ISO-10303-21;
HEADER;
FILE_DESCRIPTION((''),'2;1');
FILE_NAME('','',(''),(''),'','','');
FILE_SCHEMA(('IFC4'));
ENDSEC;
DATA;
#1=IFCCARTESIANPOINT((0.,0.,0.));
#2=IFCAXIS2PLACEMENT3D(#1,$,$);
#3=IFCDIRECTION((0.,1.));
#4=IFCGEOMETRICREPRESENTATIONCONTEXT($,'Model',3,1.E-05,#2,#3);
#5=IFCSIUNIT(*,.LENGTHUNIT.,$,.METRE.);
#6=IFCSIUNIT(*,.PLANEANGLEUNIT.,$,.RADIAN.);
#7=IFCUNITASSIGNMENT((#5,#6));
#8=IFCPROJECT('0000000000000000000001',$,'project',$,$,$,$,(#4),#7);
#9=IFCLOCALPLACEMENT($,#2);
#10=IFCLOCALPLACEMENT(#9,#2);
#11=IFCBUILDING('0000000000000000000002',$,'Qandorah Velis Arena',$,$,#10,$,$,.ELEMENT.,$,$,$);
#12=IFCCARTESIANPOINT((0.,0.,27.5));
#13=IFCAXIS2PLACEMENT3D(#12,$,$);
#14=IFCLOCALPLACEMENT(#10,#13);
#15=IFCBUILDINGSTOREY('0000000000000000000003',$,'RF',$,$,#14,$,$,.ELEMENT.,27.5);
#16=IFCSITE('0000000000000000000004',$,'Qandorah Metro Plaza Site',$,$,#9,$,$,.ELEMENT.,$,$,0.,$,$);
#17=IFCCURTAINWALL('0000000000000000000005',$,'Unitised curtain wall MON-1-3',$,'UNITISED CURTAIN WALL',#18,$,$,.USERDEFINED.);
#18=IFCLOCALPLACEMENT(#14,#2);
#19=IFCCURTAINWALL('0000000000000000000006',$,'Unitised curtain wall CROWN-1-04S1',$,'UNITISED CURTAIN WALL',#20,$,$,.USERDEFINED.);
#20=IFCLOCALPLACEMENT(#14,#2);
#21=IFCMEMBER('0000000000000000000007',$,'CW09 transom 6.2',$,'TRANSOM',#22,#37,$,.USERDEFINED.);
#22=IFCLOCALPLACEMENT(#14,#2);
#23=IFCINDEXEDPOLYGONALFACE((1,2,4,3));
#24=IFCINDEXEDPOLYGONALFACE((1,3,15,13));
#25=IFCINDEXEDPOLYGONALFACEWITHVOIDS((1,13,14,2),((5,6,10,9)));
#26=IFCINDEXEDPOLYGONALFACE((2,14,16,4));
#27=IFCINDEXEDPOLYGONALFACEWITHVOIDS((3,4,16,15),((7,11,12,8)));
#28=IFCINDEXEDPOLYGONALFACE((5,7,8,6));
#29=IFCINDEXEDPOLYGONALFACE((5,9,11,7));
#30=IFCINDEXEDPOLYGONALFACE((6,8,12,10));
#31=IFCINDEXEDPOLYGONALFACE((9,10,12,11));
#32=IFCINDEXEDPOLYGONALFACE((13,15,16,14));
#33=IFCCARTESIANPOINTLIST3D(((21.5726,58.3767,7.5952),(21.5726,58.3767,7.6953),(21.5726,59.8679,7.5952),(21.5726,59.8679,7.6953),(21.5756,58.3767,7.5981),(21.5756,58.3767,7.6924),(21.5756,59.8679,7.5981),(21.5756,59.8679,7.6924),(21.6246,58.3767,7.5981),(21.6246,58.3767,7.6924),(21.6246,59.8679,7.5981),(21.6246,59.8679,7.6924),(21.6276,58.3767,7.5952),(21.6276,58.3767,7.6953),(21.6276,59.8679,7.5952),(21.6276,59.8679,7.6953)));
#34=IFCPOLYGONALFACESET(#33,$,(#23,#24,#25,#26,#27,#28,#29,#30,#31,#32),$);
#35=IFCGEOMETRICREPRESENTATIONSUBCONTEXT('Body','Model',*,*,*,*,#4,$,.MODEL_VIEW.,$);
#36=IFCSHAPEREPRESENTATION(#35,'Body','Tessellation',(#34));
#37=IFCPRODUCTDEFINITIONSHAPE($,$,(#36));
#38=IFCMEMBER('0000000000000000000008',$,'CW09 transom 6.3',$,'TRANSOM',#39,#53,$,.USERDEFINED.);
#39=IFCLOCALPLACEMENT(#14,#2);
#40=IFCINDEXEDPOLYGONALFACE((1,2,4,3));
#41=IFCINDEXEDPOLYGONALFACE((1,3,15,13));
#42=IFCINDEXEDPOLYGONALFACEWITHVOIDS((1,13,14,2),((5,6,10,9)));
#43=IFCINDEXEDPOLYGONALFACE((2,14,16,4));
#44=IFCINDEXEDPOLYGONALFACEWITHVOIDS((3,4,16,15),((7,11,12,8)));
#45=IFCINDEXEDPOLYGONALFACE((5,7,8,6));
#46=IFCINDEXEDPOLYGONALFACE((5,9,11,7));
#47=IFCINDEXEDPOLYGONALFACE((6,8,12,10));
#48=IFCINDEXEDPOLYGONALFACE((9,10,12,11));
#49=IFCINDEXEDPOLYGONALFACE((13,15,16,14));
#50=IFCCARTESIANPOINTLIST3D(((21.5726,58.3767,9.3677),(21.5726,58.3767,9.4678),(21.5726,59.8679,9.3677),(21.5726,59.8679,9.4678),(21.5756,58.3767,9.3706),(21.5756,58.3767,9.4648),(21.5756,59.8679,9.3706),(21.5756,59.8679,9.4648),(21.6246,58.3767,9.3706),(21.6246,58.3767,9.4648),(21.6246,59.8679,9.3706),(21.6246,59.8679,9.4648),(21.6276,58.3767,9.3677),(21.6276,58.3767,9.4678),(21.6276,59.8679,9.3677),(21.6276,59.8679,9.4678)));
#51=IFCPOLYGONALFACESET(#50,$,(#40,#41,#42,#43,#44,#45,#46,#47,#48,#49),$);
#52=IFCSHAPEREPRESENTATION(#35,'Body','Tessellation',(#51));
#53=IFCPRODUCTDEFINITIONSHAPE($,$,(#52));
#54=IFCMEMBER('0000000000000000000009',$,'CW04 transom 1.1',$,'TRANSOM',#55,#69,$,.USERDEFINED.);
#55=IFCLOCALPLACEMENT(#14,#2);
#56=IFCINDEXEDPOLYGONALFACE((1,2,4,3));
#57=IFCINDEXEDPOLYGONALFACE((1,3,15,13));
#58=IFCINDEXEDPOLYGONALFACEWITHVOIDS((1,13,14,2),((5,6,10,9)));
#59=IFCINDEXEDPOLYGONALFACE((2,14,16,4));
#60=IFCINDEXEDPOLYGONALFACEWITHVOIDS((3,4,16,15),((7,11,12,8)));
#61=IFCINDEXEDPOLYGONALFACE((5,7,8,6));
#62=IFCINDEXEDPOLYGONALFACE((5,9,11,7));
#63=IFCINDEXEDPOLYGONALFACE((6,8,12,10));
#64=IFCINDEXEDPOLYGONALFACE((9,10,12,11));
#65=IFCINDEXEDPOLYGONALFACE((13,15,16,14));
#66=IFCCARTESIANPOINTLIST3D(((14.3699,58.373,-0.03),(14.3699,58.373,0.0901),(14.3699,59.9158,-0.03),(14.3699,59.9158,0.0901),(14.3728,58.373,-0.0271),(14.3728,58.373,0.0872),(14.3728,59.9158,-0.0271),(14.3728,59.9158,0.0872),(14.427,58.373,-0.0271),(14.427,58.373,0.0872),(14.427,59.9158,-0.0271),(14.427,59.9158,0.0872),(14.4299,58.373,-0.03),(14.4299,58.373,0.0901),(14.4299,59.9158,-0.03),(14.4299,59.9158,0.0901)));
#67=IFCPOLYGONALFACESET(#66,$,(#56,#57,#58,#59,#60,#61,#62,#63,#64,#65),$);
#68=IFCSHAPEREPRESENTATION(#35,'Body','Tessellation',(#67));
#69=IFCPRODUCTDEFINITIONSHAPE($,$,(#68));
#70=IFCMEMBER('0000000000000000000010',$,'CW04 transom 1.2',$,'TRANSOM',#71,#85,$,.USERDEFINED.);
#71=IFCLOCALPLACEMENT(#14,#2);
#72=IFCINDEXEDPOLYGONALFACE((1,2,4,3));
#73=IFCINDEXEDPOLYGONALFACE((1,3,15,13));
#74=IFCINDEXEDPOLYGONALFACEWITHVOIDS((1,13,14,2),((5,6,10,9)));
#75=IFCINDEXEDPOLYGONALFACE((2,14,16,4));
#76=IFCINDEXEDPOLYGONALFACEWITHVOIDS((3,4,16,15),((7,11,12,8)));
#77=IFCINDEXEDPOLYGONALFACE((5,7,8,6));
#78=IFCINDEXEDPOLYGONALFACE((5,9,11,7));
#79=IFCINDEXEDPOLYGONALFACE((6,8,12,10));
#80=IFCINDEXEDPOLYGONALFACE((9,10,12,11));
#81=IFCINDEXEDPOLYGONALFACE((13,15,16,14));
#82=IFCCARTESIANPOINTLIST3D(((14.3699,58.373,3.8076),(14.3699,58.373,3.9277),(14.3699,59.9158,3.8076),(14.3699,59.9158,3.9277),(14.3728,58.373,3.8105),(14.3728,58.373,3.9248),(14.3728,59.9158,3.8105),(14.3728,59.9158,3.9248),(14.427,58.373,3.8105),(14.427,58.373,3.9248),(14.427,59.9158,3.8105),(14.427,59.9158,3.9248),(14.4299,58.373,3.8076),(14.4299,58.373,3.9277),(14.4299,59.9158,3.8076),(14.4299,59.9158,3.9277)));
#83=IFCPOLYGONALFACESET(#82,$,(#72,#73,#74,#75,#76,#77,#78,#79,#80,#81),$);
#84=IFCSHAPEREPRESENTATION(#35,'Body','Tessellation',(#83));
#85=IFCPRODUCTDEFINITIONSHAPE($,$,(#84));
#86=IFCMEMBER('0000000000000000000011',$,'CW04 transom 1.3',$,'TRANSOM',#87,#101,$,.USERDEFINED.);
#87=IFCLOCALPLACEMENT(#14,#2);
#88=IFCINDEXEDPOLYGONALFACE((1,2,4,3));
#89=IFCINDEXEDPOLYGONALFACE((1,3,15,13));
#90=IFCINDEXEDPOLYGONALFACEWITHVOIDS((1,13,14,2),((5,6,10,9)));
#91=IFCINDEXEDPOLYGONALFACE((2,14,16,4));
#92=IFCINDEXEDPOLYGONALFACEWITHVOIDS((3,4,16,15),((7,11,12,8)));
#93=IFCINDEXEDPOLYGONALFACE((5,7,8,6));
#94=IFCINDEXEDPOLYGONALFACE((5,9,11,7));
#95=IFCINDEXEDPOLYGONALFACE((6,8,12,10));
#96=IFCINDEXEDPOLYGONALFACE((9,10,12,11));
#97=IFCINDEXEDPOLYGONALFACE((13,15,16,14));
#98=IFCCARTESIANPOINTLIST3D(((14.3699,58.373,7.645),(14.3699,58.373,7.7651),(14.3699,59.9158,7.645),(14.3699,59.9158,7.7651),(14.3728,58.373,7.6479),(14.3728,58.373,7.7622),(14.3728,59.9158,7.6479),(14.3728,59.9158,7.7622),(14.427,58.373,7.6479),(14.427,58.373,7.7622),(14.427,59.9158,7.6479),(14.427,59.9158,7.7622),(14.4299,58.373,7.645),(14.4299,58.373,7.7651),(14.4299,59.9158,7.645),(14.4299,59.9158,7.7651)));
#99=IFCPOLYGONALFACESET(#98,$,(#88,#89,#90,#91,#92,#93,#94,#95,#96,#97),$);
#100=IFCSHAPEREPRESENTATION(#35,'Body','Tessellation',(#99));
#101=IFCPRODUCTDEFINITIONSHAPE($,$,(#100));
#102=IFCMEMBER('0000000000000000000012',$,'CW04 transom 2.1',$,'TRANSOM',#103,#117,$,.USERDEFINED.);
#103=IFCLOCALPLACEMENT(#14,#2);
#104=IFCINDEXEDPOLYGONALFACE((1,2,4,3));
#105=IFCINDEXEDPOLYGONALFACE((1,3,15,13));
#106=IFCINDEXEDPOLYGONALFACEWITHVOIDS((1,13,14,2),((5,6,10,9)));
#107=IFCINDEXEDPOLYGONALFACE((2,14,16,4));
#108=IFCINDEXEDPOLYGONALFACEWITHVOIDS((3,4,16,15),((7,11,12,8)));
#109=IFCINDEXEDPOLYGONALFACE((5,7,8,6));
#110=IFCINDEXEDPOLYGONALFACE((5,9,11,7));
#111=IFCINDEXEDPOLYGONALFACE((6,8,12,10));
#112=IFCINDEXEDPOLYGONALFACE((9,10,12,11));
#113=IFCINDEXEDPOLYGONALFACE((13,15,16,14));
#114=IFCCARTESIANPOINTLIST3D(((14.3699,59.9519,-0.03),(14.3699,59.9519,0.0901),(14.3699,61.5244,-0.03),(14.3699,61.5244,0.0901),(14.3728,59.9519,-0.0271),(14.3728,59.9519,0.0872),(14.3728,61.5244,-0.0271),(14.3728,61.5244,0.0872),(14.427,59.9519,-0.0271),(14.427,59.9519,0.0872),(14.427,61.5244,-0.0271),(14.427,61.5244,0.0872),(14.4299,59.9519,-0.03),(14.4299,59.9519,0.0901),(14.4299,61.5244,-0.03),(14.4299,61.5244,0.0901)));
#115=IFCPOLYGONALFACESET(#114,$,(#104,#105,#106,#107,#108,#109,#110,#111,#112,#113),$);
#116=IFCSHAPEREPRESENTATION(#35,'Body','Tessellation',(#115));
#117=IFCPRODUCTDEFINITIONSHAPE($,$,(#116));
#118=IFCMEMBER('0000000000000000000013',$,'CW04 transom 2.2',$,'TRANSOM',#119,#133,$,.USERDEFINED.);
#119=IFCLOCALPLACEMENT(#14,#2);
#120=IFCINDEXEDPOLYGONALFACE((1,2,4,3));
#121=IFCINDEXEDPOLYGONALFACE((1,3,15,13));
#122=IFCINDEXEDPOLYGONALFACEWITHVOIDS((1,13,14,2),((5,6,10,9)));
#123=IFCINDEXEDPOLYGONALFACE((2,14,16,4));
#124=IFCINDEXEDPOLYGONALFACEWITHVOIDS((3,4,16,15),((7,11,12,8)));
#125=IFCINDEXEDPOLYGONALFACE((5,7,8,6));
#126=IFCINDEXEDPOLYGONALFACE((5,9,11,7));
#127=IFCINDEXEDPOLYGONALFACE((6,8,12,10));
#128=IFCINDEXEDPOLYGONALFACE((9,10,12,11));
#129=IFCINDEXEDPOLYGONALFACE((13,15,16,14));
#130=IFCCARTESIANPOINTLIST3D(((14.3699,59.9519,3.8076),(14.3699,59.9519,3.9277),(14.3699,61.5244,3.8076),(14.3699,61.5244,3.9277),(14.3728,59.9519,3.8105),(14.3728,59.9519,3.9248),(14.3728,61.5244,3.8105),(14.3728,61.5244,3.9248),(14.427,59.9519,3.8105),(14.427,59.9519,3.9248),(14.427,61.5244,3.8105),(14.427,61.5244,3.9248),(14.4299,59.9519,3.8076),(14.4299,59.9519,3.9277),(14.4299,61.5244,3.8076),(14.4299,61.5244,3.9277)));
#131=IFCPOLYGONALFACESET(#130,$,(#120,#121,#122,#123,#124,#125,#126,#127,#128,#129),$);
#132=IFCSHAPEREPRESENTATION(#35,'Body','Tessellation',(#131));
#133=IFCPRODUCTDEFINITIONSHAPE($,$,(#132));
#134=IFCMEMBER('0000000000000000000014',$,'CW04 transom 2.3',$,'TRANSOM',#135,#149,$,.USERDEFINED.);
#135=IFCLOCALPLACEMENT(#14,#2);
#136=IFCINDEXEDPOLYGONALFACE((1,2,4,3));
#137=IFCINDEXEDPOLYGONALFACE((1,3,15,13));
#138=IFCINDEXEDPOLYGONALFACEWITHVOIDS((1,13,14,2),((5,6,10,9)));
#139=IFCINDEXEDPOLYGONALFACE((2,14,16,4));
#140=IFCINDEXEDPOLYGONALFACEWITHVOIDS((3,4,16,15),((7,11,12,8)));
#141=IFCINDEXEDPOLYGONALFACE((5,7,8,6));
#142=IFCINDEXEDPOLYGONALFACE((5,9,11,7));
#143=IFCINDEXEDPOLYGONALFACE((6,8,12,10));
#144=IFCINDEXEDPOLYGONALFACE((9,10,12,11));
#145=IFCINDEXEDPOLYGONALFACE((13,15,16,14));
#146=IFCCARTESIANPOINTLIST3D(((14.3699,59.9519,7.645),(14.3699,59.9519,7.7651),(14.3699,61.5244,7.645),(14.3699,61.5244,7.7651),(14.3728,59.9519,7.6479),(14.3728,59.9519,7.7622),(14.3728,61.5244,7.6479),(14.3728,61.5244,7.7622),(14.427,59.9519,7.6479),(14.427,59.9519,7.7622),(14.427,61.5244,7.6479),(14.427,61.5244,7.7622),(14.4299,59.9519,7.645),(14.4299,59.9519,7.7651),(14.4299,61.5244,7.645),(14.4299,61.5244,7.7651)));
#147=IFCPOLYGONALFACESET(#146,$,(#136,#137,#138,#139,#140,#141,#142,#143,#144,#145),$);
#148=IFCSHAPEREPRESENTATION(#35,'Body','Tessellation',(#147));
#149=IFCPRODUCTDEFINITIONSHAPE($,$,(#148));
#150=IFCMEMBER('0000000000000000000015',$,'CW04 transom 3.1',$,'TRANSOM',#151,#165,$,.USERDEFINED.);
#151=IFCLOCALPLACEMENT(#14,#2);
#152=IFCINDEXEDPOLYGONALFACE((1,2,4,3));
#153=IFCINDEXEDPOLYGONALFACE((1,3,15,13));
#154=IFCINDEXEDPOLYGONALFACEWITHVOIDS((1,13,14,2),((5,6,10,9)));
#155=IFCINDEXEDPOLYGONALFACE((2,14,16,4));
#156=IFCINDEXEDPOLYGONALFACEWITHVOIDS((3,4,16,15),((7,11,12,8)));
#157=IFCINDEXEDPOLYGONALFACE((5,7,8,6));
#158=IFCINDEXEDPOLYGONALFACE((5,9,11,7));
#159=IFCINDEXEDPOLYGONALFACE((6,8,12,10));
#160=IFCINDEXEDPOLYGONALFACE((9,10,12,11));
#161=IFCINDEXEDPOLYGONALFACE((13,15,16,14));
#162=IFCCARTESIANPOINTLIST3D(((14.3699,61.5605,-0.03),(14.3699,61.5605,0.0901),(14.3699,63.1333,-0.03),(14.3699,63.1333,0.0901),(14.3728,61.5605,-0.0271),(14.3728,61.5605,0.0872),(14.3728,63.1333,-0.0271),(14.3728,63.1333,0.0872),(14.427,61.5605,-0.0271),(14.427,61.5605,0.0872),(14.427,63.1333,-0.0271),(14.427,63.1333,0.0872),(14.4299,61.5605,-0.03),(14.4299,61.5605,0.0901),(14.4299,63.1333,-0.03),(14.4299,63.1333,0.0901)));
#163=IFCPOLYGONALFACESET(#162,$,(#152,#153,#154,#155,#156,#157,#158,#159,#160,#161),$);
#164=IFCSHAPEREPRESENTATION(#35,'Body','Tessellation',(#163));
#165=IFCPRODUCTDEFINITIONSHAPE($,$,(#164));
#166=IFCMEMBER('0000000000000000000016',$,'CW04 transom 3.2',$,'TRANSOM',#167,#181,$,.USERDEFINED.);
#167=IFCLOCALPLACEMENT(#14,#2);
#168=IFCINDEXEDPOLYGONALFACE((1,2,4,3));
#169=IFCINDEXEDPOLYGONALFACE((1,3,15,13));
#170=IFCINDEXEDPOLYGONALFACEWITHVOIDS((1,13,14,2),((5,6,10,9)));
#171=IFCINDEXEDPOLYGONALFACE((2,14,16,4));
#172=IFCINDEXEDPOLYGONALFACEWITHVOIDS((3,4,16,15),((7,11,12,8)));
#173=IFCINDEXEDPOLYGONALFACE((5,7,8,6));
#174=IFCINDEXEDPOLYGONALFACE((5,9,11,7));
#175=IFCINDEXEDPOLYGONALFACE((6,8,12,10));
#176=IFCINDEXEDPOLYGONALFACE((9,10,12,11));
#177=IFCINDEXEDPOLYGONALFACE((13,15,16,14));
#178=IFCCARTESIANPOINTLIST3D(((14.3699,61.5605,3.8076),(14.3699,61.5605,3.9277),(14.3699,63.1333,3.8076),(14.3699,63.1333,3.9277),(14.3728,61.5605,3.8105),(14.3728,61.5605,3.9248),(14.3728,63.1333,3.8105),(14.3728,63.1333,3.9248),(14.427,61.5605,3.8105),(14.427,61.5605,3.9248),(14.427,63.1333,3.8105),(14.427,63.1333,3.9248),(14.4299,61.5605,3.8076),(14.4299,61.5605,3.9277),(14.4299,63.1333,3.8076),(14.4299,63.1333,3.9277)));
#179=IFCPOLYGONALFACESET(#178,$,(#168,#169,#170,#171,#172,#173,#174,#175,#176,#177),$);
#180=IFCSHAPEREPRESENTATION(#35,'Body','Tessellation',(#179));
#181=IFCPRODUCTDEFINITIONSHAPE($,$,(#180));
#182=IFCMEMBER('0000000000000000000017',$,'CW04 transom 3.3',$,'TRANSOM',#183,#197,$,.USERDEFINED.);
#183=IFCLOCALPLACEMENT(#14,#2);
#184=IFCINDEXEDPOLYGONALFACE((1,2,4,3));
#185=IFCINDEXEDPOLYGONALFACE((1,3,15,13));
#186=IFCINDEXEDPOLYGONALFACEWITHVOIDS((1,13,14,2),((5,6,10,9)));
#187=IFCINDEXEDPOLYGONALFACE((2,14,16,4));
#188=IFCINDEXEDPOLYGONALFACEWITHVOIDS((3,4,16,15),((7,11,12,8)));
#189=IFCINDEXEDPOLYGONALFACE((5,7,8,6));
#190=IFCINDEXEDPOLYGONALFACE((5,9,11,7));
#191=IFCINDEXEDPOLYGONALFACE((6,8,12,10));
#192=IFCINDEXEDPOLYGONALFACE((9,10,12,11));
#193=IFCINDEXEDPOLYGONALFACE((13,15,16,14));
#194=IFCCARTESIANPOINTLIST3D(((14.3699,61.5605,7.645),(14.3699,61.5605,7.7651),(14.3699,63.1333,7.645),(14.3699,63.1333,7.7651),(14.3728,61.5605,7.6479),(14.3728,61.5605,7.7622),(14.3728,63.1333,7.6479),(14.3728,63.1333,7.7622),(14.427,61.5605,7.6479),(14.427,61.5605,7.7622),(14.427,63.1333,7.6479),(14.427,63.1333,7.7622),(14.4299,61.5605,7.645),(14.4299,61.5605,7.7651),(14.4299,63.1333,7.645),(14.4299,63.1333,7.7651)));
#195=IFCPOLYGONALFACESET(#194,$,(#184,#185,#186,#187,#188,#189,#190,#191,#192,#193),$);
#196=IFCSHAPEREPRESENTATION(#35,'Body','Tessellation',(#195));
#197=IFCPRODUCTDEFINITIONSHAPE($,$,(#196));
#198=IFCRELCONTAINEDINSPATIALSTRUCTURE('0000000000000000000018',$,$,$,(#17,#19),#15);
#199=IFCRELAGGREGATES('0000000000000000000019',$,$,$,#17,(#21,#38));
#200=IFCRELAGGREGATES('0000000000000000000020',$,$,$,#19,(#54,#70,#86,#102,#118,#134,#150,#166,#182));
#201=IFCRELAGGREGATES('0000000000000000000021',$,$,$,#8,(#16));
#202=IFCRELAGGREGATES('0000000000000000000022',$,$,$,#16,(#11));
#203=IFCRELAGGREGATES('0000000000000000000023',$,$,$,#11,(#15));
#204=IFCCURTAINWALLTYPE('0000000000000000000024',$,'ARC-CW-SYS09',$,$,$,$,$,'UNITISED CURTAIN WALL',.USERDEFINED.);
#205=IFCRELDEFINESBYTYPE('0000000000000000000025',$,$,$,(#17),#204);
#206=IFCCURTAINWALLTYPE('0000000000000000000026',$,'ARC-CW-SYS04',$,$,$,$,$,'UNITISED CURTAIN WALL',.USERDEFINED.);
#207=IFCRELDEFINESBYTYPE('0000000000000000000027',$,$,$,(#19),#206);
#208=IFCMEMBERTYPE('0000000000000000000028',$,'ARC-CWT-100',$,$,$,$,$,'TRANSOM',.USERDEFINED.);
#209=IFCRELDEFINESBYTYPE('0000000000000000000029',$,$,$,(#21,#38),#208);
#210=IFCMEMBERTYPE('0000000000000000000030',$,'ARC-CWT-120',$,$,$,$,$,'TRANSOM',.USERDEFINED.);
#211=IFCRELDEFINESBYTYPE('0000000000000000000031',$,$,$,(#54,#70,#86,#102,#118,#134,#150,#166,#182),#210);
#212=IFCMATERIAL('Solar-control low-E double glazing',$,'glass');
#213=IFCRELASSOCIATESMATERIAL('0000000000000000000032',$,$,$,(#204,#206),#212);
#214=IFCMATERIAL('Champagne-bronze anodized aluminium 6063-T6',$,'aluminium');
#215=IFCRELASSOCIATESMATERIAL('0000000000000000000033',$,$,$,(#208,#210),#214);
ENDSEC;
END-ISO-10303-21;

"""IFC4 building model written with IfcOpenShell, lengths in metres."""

from ifc_helpers import new_model, si_unit, direction, frame, origin, origin_2d, place, context, subcontext, project, spatial, hollow_rectangle, extrude, material, material_profile, profile_set, type_object, element, aggregate, save


model = new_model("IFC4")

# Units and contexts
model_context = context("Model", 3, precision=1e-05, world=origin(), true_north=direction((0.0, 1.0)))
body_context = subcontext(model_context, "Body", "Model", "MODEL_VIEW")
ifc_project = project(units=[si_unit("LENGTHUNIT", "METRE"), si_unit("PLANEANGLEUNIT", "RADIAN")], contexts=[model_context])

# Site, building, storey
site_placement = place(None, origin())
site = spatial("IfcSite", under=ifc_project, at=site_placement, Name="Qandorah Metro Plaza Site", CompositionType="ELEMENT", RefElevation=0.0)
building_placement = place(site_placement, origin())
building = spatial("IfcBuilding", under=site, at=building_placement, Name="Qandorah Velis Arena", CompositionType="ELEMENT")
storey_placement = place(building_placement, frame((0.0, 0.0, 27.5)))
storey = spatial("IfcBuildingStorey", under=building, at=storey_placement, Name="RF", CompositionType="ELEMENT", Elevation=27.5)

# Curtain walls
ifc_material_1 = material(Name="Solar-control low-E double glazing", Category="glass")
curtain_wall_type_1 = type_object("IfcCurtainWallType", Name="ARC-CW-SYS09", ElementType="UNITISED CURTAIN WALL", PredefinedType="USERDEFINED", material=ifc_material_1)
curtain_wall_1_placement = place(storey_placement, origin())
curtain_wall_1 = element("IfcCurtainWall", 1, at=curtain_wall_1_placement, inside=storey, type_object=curtain_wall_type_1, Name="Unitised curtain wall MON-1-3", ObjectType="UNITISED CURTAIN WALL", PredefinedType="USERDEFINED")
ifc_material_2 = material(Name="Champagne-bronze anodized aluminium 6063-T6", Category="aluminium")
curtain_wall_type_2 = type_object("IfcCurtainWallType", Name="ARC-CW-SYS04", ElementType="UNITISED CURTAIN WALL", PredefinedType="USERDEFINED", material=ifc_material_1)
curtain_wall_2_placement = place(storey_placement, origin())
curtain_wall_2 = element("IfcCurtainWall", 2, at=curtain_wall_2_placement, inside=storey, type_object=curtain_wall_type_2, Name="Unitised curtain wall CROWN-1-04S1", ObjectType="UNITISED CURTAIN WALL", PredefinedType="USERDEFINED")

# Members
ifc_material_profile_1 = material_profile(ifc_material_2, hollow_rectangle(XDim=0.0549, YDim=0.1001, WallThickness=0.0029, at=origin_2d()), Name="ALU TRANSOM 55x100")
ifc_profile_set_1 = profile_set([ifc_material_profile_1], Name="Champagne-bronze anodized aluminium 6063-T6")
member_type_1 = type_object("IfcMemberType", Name="ARC-CWT-100", ElementType="TRANSOM", PredefinedType="USERDEFINED", material=ifc_profile_set_1)
member_1_placement = place(storey_placement, frame((21.6001, 58.3767, 7.6453), z_axis=(0.0, 1.0, 0.0), x_axis=(-1.0, 0.0, 0.0)))
member_1 = element("IfcMember", 3, at=member_1_placement, type_object=member_type_1, Name="CW09 transom 6.2", ObjectType="TRANSOM", PredefinedType="USERDEFINED", context=body_context, shape_type="SweptSolid", body=[
    extrude(hollow_rectangle(XDim=0.0549, YDim=0.1001, WallThickness=0.0029, at=origin_2d()), origin(), (0.0, 0.0, 1.0), 1.4912),
])
member_2_placement = place(storey_placement, frame((21.6001, 58.3767, 9.4177), z_axis=(0.0, 1.0, 0.0), x_axis=(-1.0, 0.0, 0.0)))
member_2 = element("IfcMember", 4, at=member_2_placement, type_object=member_type_1, Name="CW09 transom 6.3", ObjectType="TRANSOM", PredefinedType="USERDEFINED", context=body_context, shape_type="SweptSolid", body=[
    extrude(hollow_rectangle(XDim=0.0549, YDim=0.1001, WallThickness=0.0029, at=origin_2d()), origin(), (0.0, 0.0, 1.0), 1.4912),
])
ifc_material_profile_2 = material_profile(ifc_material_2, hollow_rectangle(XDim=0.0601, YDim=0.1201, WallThickness=0.0029, at=origin_2d()), Name="ALU TRANSOM 60x120")
ifc_profile_set_2 = profile_set([ifc_material_profile_2], Name="Champagne-bronze anodized aluminium 6063-T6")
member_type_2 = type_object("IfcMemberType", Name="ARC-CWT-120", ElementType="TRANSOM", PredefinedType="USERDEFINED", material=ifc_profile_set_2)
member_3_placement = place(storey_placement, frame((14.3999, 58.373, 0.03), z_axis=(0.0, 1.0, 0.0), x_axis=(-1.0, 0.0, 0.0)))
member_3 = element("IfcMember", 5, at=member_3_placement, type_object=member_type_2, Name="CW04 transom 1.1", ObjectType="TRANSOM", PredefinedType="USERDEFINED", context=body_context, shape_type="SweptSolid", body=[
    extrude(hollow_rectangle(XDim=0.0601, YDim=0.1201, WallThickness=0.0029, at=origin_2d()), origin(), (0.0, 0.0, 1.0), 1.5427),
])
member_4_placement = place(storey_placement, frame((14.3999, 58.373, 3.8677), z_axis=(0.0, 1.0, 0.0), x_axis=(-1.0, 0.0, 0.0)))
member_4 = element("IfcMember", 6, at=member_4_placement, type_object=member_type_2, Name="CW04 transom 1.2", ObjectType="TRANSOM", PredefinedType="USERDEFINED", context=body_context, shape_type="SweptSolid", body=[
    extrude(hollow_rectangle(XDim=0.0601, YDim=0.1201, WallThickness=0.0029, at=origin_2d()), origin(), (0.0, 0.0, 1.0), 1.5427),
])
member_5_placement = place(storey_placement, frame((14.3999, 58.373, 7.7051), z_axis=(0.0, 1.0, 0.0), x_axis=(-1.0, 0.0, 0.0)))
member_5 = element("IfcMember", 7, at=member_5_placement, type_object=member_type_2, Name="CW04 transom 1.3", ObjectType="TRANSOM", PredefinedType="USERDEFINED", context=body_context, shape_type="SweptSolid", body=[
    extrude(hollow_rectangle(XDim=0.0601, YDim=0.1201, WallThickness=0.0029, at=origin_2d()), origin(), (0.0, 0.0, 1.0), 1.5427),
])
member_6_placement = place(storey_placement, frame((14.3999, 59.9519, 0.03), z_axis=(0.0, 1.0, 0.0), x_axis=(-1.0, 0.0, 0.0)))
member_6 = element("IfcMember", 8, at=member_6_placement, type_object=member_type_2, Name="CW04 transom 2.1", ObjectType="TRANSOM", PredefinedType="USERDEFINED", context=body_context, shape_type="SweptSolid", body=[
    extrude(hollow_rectangle(XDim=0.0601, YDim=0.1201, WallThickness=0.0029, at=origin_2d()), origin(), (0.0, 0.0, 1.0), 1.5725),
])
member_7_placement = place(storey_placement, frame((14.3999, 59.9519, 3.8677), z_axis=(0.0, 1.0, 0.0), x_axis=(-1.0, 0.0, 0.0)))
member_7 = element("IfcMember", 9, at=member_7_placement, type_object=member_type_2, Name="CW04 transom 2.2", ObjectType="TRANSOM", PredefinedType="USERDEFINED", context=body_context, shape_type="SweptSolid", body=[
    extrude(hollow_rectangle(XDim=0.0601, YDim=0.1201, WallThickness=0.0029, at=origin_2d()), origin(), (0.0, 0.0, 1.0), 1.5725),
])
member_8_placement = place(storey_placement, frame((14.3999, 59.9519, 7.7051), z_axis=(0.0, 1.0, 0.0), x_axis=(-1.0, 0.0, 0.0)))
member_8 = element("IfcMember", 10, at=member_8_placement, type_object=member_type_2, Name="CW04 transom 2.3", ObjectType="TRANSOM", PredefinedType="USERDEFINED", context=body_context, shape_type="SweptSolid", body=[
    extrude(hollow_rectangle(XDim=0.0601, YDim=0.1201, WallThickness=0.0029, at=origin_2d()), origin(), (0.0, 0.0, 1.0), 1.5725),
])
member_9_placement = place(storey_placement, frame((14.3999, 61.5605, 0.03), z_axis=(0.0, 1.0, 0.0), x_axis=(-1.0, 0.0, 0.0)))
member_9 = element("IfcMember", 11, at=member_9_placement, type_object=member_type_2, Name="CW04 transom 3.1", ObjectType="TRANSOM", PredefinedType="USERDEFINED", context=body_context, shape_type="SweptSolid", body=[
    extrude(hollow_rectangle(XDim=0.0601, YDim=0.1201, WallThickness=0.0029, at=origin_2d()), origin(), (0.0, 0.0, 1.0), 1.5728),
])
member_10_placement = place(storey_placement, frame((14.3999, 61.5605, 3.8677), z_axis=(0.0, 1.0, 0.0), x_axis=(-1.0, 0.0, 0.0)))
member_10 = element("IfcMember", 12, at=member_10_placement, type_object=member_type_2, Name="CW04 transom 3.2", ObjectType="TRANSOM", PredefinedType="USERDEFINED", context=body_context, shape_type="SweptSolid", body=[
    extrude(hollow_rectangle(XDim=0.0601, YDim=0.1201, WallThickness=0.0029, at=origin_2d()), origin(), (0.0, 0.0, 1.0), 1.5728),
])
member_11_placement = place(storey_placement, frame((14.3999, 61.5605, 7.7051), z_axis=(0.0, 1.0, 0.0), x_axis=(-1.0, 0.0, 0.0)))
member_11 = element("IfcMember", 13, at=member_11_placement, type_object=member_type_2, Name="CW04 transom 3.3", ObjectType="TRANSOM", PredefinedType="USERDEFINED", context=body_context, shape_type="SweptSolid", body=[
    extrude(hollow_rectangle(XDim=0.0601, YDim=0.1201, WallThickness=0.0029, at=origin_2d()), origin(), (0.0, 0.0, 1.0), 1.5728),
])

aggregate(curtain_wall_1, [member_1, member_2])
aggregate(curtain_wall_2, [member_3, member_4, member_5, member_6, member_7, member_8, member_9, member_10, member_11])

save(model, "model.ifc")
